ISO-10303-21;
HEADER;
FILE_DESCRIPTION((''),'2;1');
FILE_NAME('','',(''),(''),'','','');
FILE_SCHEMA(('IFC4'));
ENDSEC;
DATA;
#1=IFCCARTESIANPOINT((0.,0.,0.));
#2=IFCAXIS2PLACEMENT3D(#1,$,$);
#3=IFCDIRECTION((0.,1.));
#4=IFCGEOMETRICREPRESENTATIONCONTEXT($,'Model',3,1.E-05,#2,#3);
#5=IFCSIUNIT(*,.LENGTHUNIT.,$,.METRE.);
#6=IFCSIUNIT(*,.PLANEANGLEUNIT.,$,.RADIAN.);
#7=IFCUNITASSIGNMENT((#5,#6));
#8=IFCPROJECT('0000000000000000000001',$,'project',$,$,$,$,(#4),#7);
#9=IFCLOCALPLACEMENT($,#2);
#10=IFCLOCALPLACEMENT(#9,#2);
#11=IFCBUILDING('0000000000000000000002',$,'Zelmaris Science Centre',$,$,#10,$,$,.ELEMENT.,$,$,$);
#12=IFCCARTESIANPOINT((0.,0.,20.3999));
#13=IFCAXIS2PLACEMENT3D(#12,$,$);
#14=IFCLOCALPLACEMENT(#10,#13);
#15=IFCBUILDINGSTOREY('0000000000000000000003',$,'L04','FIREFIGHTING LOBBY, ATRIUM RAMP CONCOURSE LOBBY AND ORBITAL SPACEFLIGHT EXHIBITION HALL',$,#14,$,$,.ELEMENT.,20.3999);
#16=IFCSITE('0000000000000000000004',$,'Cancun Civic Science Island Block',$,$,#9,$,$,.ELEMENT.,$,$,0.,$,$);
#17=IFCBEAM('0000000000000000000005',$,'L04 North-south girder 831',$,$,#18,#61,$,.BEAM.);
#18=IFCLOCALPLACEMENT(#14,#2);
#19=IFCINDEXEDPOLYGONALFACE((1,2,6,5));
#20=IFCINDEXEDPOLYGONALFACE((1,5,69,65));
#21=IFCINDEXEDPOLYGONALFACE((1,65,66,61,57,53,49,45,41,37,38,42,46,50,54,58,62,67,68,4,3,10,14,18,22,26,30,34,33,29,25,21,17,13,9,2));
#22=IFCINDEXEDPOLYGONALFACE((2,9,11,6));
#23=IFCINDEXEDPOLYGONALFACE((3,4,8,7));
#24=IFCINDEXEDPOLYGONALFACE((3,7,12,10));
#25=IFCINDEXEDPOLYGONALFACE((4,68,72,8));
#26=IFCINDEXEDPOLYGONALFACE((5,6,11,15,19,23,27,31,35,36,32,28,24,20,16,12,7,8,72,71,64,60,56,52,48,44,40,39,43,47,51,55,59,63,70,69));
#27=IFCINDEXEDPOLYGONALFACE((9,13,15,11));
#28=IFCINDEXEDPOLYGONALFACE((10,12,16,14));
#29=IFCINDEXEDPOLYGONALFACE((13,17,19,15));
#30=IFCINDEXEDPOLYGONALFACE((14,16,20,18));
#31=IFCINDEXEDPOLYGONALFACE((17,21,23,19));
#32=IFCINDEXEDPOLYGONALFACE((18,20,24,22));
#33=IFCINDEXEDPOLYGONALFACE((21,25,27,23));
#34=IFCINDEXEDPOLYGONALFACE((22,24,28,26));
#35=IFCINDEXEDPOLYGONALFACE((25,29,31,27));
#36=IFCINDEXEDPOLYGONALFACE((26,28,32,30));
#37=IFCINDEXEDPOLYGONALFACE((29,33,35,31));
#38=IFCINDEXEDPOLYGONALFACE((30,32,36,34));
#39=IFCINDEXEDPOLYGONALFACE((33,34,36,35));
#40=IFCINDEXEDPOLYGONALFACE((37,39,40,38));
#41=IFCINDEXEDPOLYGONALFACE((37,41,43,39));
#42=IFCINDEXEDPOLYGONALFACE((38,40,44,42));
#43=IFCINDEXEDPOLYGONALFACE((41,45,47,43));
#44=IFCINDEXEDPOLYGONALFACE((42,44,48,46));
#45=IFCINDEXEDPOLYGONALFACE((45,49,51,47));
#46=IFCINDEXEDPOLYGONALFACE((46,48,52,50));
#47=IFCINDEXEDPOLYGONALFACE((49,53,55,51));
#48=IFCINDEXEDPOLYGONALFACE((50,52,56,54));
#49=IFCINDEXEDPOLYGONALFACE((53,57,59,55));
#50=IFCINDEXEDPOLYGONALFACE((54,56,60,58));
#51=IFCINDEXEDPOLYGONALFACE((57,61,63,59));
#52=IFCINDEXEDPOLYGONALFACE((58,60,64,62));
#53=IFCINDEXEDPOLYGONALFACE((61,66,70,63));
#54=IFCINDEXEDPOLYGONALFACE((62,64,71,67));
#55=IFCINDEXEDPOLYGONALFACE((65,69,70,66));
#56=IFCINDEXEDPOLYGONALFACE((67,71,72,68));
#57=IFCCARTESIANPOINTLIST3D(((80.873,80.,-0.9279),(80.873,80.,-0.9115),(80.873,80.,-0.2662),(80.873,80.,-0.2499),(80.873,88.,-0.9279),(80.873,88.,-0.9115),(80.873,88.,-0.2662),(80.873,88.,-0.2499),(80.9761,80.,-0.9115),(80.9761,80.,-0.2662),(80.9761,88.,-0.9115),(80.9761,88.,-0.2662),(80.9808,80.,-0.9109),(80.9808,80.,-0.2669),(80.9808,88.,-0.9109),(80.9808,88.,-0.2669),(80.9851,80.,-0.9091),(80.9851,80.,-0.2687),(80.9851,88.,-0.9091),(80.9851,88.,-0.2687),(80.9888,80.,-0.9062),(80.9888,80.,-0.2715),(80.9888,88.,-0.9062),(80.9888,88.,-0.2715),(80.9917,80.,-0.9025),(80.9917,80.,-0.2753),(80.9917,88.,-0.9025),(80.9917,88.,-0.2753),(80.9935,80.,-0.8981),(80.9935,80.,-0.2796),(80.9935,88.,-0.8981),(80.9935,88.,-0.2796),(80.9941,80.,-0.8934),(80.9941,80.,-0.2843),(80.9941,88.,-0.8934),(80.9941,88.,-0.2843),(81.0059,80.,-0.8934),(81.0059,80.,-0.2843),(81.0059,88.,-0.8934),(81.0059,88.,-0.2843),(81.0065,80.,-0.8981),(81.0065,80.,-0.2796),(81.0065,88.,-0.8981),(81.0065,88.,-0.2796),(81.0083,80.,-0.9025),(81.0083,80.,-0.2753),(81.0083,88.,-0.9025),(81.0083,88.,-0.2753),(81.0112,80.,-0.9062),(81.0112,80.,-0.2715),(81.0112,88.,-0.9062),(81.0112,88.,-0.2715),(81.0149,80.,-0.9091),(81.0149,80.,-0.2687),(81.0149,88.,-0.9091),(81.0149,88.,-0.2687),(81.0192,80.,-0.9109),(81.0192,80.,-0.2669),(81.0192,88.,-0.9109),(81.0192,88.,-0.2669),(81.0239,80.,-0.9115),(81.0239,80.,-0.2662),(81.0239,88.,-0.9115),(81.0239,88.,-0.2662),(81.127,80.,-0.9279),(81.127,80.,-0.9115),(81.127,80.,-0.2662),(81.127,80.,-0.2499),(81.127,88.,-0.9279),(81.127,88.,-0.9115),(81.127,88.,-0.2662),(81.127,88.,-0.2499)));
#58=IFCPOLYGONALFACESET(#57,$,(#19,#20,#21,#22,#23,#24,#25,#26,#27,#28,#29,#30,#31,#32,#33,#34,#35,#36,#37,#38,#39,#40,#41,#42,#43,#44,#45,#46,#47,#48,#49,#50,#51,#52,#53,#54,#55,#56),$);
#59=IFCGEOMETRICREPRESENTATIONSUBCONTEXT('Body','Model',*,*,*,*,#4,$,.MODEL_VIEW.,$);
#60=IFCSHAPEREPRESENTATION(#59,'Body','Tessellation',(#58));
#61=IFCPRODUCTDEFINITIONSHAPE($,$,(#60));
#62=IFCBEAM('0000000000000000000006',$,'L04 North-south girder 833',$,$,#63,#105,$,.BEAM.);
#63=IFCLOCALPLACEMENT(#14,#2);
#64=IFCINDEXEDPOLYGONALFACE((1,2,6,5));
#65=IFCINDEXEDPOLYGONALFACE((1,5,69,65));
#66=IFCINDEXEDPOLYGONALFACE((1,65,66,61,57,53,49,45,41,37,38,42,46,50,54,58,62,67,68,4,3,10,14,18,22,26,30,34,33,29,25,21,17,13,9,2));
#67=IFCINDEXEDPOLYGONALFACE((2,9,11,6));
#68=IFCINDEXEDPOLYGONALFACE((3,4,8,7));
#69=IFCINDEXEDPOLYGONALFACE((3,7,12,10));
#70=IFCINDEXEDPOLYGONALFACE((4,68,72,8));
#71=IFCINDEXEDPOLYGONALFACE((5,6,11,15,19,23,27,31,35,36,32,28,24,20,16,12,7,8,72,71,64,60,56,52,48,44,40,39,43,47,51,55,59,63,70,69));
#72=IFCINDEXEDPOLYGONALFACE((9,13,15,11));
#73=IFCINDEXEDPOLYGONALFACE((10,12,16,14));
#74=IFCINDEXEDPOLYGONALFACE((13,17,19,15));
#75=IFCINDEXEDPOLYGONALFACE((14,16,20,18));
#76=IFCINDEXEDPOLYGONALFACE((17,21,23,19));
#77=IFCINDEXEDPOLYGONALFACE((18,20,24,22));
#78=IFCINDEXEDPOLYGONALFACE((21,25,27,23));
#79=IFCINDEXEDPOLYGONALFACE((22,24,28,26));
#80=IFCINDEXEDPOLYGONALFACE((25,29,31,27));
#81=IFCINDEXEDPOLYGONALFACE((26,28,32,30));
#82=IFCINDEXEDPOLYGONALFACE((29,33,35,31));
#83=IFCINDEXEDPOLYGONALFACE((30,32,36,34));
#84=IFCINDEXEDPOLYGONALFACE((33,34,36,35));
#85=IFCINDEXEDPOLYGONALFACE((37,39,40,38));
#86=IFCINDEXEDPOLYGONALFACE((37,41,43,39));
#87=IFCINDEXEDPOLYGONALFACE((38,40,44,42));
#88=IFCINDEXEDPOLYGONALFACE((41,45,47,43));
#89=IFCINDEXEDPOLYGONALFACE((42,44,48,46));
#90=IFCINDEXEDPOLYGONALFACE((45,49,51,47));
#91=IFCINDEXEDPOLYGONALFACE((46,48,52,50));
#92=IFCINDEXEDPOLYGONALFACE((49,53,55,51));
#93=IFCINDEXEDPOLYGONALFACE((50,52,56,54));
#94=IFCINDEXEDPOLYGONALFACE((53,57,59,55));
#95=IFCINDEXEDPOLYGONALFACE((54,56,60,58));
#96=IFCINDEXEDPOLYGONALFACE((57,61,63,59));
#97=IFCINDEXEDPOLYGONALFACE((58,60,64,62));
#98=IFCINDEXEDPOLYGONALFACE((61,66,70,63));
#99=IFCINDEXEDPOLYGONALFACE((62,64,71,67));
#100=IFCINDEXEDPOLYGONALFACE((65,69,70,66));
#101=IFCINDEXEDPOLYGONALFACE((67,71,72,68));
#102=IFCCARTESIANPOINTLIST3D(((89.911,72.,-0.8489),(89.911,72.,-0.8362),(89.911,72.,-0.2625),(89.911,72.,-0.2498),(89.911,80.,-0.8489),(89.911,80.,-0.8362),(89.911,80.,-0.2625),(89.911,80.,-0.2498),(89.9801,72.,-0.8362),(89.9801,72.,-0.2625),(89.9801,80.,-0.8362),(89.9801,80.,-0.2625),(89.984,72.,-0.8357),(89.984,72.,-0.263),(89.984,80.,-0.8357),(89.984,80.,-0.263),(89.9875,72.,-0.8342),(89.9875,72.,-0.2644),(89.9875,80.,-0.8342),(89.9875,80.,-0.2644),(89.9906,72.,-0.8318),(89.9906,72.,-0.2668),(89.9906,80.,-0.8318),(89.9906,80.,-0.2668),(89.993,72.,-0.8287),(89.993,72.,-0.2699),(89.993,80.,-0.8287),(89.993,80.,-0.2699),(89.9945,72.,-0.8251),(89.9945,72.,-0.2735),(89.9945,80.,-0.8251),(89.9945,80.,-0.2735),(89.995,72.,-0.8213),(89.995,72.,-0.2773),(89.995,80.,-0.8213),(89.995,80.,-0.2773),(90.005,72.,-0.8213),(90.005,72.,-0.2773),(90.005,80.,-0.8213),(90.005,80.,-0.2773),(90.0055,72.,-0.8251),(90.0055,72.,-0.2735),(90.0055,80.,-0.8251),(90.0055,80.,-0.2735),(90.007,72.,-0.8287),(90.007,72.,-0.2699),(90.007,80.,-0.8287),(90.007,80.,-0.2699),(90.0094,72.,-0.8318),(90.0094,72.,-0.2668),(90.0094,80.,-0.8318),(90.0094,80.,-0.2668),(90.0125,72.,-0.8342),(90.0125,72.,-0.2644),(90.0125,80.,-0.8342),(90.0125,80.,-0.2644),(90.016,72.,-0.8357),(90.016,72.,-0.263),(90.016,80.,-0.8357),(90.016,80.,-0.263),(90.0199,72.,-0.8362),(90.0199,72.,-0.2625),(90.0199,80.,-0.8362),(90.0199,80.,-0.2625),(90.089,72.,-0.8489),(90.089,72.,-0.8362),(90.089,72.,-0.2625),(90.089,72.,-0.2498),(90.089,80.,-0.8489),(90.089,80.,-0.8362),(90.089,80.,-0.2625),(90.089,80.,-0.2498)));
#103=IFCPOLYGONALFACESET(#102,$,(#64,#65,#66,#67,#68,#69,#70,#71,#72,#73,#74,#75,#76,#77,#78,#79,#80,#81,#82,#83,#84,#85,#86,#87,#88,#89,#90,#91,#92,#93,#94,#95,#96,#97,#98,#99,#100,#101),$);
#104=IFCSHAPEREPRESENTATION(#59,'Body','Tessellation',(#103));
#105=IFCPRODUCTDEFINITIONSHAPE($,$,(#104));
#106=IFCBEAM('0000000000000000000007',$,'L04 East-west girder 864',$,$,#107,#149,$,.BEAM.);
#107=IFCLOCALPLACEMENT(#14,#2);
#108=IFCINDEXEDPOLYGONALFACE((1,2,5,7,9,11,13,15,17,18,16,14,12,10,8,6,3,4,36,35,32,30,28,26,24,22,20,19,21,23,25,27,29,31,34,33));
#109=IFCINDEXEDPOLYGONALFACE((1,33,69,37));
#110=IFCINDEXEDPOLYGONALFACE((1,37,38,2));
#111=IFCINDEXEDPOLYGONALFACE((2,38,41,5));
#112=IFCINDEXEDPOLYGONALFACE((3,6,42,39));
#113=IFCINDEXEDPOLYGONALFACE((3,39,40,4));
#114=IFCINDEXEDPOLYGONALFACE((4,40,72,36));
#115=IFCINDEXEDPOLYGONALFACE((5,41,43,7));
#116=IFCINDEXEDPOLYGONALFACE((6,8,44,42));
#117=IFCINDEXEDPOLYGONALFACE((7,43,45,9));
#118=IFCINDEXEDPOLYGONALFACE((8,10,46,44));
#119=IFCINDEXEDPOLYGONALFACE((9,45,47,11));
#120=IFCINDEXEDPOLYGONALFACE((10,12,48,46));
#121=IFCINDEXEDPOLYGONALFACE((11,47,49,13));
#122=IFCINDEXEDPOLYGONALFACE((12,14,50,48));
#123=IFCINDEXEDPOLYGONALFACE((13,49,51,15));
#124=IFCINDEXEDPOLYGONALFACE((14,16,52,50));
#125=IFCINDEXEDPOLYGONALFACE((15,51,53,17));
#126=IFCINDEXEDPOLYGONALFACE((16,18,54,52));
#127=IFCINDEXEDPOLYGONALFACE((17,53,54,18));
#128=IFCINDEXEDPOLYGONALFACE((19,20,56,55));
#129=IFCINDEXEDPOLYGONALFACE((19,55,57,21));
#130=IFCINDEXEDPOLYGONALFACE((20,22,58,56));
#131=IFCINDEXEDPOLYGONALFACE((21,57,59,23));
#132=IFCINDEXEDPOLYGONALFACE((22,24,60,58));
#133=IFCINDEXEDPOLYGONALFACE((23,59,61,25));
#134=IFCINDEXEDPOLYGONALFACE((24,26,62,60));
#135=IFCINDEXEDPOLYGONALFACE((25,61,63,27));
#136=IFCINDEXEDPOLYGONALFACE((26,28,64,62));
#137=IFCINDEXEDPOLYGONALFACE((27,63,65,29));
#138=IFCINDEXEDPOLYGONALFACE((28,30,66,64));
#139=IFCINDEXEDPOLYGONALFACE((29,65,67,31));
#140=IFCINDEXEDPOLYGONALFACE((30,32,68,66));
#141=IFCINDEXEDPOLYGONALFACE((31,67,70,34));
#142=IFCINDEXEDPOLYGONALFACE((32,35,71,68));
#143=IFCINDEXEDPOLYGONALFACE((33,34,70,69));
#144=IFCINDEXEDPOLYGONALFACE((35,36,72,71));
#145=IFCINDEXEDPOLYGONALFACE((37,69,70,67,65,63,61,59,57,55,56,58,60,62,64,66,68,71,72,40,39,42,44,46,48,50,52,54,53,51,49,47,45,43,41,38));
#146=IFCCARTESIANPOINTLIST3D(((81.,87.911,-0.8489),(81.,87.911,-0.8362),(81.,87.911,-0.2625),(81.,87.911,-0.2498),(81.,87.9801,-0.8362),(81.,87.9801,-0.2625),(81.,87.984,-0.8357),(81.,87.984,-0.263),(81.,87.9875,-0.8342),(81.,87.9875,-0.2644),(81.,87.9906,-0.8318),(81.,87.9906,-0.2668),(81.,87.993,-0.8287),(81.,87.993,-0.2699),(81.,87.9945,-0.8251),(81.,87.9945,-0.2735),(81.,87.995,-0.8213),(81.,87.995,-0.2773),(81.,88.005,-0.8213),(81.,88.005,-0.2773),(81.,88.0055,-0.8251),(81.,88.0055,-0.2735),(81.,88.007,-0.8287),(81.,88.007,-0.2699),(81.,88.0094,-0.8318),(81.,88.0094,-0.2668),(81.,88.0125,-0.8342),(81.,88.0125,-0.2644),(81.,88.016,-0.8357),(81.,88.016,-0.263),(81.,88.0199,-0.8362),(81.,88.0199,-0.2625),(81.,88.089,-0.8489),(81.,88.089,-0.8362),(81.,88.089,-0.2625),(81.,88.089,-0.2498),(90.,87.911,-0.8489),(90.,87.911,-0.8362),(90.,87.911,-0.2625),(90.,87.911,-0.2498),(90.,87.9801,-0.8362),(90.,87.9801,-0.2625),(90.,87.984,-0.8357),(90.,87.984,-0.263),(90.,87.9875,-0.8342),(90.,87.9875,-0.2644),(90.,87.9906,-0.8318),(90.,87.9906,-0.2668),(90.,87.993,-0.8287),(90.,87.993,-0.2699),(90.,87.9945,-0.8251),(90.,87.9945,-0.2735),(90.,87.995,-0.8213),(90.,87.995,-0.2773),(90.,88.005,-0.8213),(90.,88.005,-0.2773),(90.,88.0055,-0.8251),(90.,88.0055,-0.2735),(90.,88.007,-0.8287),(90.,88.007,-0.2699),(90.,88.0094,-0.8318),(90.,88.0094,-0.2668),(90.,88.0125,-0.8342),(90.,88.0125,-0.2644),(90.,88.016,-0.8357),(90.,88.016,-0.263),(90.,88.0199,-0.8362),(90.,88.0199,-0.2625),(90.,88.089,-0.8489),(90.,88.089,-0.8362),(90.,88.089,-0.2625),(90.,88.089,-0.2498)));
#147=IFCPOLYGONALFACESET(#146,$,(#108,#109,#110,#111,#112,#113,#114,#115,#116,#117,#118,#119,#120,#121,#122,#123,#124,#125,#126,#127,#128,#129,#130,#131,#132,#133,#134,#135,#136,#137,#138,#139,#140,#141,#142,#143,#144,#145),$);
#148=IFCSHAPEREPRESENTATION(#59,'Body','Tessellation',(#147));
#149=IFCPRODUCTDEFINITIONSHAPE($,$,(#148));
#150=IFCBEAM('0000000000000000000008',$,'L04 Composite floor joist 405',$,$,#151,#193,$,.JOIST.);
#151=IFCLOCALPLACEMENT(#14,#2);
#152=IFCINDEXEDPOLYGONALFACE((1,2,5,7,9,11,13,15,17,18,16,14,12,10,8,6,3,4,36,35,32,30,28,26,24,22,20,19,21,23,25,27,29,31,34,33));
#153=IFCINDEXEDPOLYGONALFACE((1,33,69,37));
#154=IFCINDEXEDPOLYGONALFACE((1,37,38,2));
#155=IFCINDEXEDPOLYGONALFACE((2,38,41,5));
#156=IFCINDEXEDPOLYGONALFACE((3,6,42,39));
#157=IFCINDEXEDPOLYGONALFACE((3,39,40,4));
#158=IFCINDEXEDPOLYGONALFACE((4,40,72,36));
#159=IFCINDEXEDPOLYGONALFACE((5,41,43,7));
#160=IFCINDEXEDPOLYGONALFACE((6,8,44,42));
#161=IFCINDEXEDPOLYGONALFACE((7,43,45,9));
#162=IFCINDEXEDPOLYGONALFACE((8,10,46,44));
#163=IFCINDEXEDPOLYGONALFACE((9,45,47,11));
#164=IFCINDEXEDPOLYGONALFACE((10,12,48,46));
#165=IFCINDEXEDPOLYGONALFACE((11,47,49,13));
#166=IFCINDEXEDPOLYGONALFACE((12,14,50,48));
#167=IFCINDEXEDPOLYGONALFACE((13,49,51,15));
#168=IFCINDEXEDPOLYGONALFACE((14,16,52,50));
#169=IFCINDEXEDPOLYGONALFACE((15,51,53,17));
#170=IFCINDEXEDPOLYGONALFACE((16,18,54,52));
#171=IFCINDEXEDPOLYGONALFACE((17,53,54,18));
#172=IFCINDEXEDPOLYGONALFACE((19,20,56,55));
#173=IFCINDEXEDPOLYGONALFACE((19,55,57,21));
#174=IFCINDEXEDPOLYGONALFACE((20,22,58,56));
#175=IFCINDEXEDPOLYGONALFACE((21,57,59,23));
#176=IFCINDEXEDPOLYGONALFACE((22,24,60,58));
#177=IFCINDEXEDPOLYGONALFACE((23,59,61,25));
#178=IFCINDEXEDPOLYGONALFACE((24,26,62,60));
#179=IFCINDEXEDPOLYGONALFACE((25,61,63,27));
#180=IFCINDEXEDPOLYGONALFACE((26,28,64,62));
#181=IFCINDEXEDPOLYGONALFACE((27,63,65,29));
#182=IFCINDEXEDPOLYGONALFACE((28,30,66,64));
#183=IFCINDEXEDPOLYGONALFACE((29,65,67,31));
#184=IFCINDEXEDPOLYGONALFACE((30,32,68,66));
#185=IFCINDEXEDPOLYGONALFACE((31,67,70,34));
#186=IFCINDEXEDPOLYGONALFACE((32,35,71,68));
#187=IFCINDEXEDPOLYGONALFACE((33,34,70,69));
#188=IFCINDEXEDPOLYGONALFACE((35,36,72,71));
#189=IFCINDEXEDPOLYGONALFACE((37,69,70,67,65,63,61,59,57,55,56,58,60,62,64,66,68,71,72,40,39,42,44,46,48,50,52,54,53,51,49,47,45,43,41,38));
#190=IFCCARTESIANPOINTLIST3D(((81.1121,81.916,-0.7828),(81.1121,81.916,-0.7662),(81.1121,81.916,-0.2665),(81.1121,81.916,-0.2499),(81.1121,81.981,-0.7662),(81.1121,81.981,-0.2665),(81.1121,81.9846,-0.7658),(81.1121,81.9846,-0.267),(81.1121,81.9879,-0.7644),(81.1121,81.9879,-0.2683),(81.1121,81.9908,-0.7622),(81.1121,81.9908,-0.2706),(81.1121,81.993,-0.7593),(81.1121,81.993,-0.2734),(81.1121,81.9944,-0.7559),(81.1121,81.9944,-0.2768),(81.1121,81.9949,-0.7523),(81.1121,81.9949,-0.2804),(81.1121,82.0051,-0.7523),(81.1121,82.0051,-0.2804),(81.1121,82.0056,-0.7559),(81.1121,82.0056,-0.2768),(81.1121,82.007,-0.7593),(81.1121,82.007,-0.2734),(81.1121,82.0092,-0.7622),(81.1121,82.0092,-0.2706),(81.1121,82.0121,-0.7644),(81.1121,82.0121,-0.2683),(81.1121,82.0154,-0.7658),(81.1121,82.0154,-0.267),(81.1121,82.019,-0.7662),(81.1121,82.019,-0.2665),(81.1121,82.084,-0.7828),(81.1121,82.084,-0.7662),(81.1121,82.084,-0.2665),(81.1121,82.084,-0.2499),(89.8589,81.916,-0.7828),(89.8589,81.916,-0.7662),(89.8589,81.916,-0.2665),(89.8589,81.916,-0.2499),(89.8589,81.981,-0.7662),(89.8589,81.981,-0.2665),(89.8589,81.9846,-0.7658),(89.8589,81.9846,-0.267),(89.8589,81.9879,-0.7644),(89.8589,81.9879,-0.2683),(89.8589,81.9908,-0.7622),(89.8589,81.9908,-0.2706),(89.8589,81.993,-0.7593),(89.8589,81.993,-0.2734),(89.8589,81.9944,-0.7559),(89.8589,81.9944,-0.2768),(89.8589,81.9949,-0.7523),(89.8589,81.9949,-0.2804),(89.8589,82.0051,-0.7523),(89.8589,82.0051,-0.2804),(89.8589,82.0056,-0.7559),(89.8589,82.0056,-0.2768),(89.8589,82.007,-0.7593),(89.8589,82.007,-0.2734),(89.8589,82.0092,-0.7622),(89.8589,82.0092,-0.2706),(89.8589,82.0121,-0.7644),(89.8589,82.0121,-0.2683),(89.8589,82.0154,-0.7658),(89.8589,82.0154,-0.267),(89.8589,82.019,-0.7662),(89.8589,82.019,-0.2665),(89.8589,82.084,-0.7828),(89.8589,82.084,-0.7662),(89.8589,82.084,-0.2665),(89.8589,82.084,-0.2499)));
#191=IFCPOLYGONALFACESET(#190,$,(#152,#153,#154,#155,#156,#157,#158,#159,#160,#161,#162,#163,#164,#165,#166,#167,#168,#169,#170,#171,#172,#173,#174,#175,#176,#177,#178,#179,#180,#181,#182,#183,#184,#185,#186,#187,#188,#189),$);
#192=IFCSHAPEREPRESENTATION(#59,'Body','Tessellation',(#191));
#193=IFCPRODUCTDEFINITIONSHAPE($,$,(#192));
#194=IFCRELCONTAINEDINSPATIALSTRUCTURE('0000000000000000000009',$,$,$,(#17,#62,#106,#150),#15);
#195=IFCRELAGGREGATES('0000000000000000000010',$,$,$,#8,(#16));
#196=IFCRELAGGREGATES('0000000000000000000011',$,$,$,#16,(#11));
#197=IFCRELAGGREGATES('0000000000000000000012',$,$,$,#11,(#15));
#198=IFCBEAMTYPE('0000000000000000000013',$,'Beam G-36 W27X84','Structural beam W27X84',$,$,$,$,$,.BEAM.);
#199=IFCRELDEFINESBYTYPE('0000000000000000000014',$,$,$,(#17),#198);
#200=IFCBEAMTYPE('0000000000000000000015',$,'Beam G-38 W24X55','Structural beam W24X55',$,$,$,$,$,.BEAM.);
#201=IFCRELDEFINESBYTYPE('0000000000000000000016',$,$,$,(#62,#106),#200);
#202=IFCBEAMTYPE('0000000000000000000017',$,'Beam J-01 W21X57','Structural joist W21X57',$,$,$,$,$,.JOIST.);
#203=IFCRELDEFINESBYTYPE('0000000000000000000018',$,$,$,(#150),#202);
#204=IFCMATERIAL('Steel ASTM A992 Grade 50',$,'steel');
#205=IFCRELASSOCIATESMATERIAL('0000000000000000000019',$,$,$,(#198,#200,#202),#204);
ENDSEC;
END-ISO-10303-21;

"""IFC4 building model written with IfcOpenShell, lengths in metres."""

from ifc_helpers import new_model, si_unit, direction, frame, origin, origin_2d, place, context, subcontext, project, spatial, i_section, extrude, material, material_profile, profile_set, type_object, element, save


model = new_model("IFC4")

# Units and contexts
model_context = context("Model", 3, precision=1e-05, world=origin(), true_north=direction((0.0, 1.0)))
body_context = subcontext(model_context, "Body", "Model", "MODEL_VIEW")
ifc_project = project(units=[si_unit("LENGTHUNIT", "METRE"), si_unit("PLANEANGLEUNIT", "RADIAN")], contexts=[model_context])

# Site, building, storey
site_placement = place(None, origin())
site = spatial("IfcSite", under=ifc_project, at=site_placement, Name="Cancun Civic Science Island Block", CompositionType="ELEMENT", RefElevation=0.0)
building_placement = place(site_placement, origin())
building = spatial("IfcBuilding", under=site, at=building_placement, Name="Zelmaris Science Centre", CompositionType="ELEMENT")
storey_placement = place(building_placement, frame((0.0, 0.0, 20.3999)))
storey = spatial("IfcBuildingStorey", under=building, at=storey_placement, Name="L04", Description="FIREFIGHTING LOBBY, ATRIUM RAMP CONCOURSE LOBBY AND ORBITAL SPACEFLIGHT EXHIBITION HALL", CompositionType="ELEMENT", Elevation=20.3999)

# Shared definitions
ifc_material_1 = material(Name="Steel ASTM A992 Grade 50", Category="steel")

# Beams
ifc_material_profile_1 = material_profile(ifc_material_1, i_section(OverallWidth=0.2539, OverallDepth=0.678, WebThickness=0.0117, FlangeThickness=0.0164, FilletRadius=0.0181, at=origin_2d()), Name="W27X84")
ifc_profile_set_1 = profile_set([ifc_material_profile_1], Name="Steel ASTM A992 Grade 50")
beam_type_1 = type_object("IfcBeamType", Name="Beam G-36 W27X84", Description="Structural beam W27X84", PredefinedType="BEAM", material=ifc_profile_set_1)
beam_1_placement = place(storey_placement, frame((81.0, 80.0, -0.5889), z_axis=(0.0, 1.0, 0.0), x_axis=(-1.0, 0.0, 0.0)))
element("IfcBeam", 1, at=beam_1_placement, inside=storey, type_object=beam_type_1, Name="L04 North-south girder 831", PredefinedType="BEAM", context=body_context, shape_type="SweptSolid", body=[
    extrude(i_section(OverallWidth=0.2539, OverallDepth=0.678, WebThickness=0.0117, FlangeThickness=0.0164, FilletRadius=0.0181, at=origin_2d()), origin(), (0.0, 0.0, 1.0), 8.0),
])
ifc_material_profile_2 = material_profile(ifc_material_1, i_section(OverallWidth=0.178, OverallDepth=0.5991, WebThickness=0.01, FlangeThickness=0.0127, FilletRadius=0.0149, at=origin_2d()), Name="W24X55")
ifc_profile_set_2 = profile_set([ifc_material_profile_2], Name="Steel ASTM A992 Grade 50")
beam_type_2 = type_object("IfcBeamType", Name="Beam G-38 W24X55", Description="Structural beam W24X55", PredefinedType="BEAM", material=ifc_profile_set_2)
beam_2_placement = place(storey_placement, frame((90.0, 72.0, -0.5493), z_axis=(0.0, 1.0, 0.0), x_axis=(-1.0, 0.0, 0.0)))
element("IfcBeam", 2, at=beam_2_placement, inside=storey, type_object=beam_type_2, Name="L04 North-south girder 833", PredefinedType="BEAM", context=body_context, shape_type="SweptSolid", body=[
    extrude(i_section(OverallWidth=0.178, OverallDepth=0.5991, WebThickness=0.01, FlangeThickness=0.0127, FilletRadius=0.0149, at=origin_2d()), origin(), (0.0, 0.0, 1.0), 8.0),
])
beam_3_placement = place(storey_placement, frame((81.0, 88.0, -0.5493), z_axis=(1.0, 0.0, 0.0), x_axis=(0.0, 1.0, 0.0)))
element("IfcBeam", 3, at=beam_3_placement, inside=storey, type_object=beam_type_2, Name="L04 East-west girder 864", PredefinedType="BEAM", context=body_context, shape_type="SweptSolid", body=[
    extrude(i_section(OverallWidth=0.178, OverallDepth=0.5991, WebThickness=0.01, FlangeThickness=0.0127, FilletRadius=0.0149, at=origin_2d()), origin(), (0.0, 0.0, 1.0), 9.0),
])
ifc_material_profile_3 = material_profile(ifc_material_1, i_section(OverallWidth=0.168, OverallDepth=0.533, WebThickness=0.0103, FlangeThickness=0.0166, FilletRadius=0.0139, at=origin_2d()), Name="W21X57")
ifc_profile_set_3 = profile_set([ifc_material_profile_3], Name="Steel ASTM A992 Grade 50")
beam_type_3 = type_object("IfcBeamType", Name="Beam J-01 W21X57", Description="Structural joist W21X57", PredefinedType="JOIST", material=ifc_profile_set_3)
beam_4_placement = place(storey_placement, frame((81.1121, 82.0, -0.5164), z_axis=(1.0, 0.0, 0.0), x_axis=(0.0, 1.0, 0.0)))
element("IfcBeam", 4, at=beam_4_placement, inside=storey, type_object=beam_type_3, Name="L04 Composite floor joist 405", PredefinedType="JOIST", context=body_context, shape_type="SweptSolid", body=[
    extrude(i_section(OverallWidth=0.168, OverallDepth=0.533, WebThickness=0.0103, FlangeThickness=0.0166, FilletRadius=0.0139, at=origin_2d()), origin(), (0.0, 0.0, 1.0), 8.7468),
])

save(model, "model.ifc")
